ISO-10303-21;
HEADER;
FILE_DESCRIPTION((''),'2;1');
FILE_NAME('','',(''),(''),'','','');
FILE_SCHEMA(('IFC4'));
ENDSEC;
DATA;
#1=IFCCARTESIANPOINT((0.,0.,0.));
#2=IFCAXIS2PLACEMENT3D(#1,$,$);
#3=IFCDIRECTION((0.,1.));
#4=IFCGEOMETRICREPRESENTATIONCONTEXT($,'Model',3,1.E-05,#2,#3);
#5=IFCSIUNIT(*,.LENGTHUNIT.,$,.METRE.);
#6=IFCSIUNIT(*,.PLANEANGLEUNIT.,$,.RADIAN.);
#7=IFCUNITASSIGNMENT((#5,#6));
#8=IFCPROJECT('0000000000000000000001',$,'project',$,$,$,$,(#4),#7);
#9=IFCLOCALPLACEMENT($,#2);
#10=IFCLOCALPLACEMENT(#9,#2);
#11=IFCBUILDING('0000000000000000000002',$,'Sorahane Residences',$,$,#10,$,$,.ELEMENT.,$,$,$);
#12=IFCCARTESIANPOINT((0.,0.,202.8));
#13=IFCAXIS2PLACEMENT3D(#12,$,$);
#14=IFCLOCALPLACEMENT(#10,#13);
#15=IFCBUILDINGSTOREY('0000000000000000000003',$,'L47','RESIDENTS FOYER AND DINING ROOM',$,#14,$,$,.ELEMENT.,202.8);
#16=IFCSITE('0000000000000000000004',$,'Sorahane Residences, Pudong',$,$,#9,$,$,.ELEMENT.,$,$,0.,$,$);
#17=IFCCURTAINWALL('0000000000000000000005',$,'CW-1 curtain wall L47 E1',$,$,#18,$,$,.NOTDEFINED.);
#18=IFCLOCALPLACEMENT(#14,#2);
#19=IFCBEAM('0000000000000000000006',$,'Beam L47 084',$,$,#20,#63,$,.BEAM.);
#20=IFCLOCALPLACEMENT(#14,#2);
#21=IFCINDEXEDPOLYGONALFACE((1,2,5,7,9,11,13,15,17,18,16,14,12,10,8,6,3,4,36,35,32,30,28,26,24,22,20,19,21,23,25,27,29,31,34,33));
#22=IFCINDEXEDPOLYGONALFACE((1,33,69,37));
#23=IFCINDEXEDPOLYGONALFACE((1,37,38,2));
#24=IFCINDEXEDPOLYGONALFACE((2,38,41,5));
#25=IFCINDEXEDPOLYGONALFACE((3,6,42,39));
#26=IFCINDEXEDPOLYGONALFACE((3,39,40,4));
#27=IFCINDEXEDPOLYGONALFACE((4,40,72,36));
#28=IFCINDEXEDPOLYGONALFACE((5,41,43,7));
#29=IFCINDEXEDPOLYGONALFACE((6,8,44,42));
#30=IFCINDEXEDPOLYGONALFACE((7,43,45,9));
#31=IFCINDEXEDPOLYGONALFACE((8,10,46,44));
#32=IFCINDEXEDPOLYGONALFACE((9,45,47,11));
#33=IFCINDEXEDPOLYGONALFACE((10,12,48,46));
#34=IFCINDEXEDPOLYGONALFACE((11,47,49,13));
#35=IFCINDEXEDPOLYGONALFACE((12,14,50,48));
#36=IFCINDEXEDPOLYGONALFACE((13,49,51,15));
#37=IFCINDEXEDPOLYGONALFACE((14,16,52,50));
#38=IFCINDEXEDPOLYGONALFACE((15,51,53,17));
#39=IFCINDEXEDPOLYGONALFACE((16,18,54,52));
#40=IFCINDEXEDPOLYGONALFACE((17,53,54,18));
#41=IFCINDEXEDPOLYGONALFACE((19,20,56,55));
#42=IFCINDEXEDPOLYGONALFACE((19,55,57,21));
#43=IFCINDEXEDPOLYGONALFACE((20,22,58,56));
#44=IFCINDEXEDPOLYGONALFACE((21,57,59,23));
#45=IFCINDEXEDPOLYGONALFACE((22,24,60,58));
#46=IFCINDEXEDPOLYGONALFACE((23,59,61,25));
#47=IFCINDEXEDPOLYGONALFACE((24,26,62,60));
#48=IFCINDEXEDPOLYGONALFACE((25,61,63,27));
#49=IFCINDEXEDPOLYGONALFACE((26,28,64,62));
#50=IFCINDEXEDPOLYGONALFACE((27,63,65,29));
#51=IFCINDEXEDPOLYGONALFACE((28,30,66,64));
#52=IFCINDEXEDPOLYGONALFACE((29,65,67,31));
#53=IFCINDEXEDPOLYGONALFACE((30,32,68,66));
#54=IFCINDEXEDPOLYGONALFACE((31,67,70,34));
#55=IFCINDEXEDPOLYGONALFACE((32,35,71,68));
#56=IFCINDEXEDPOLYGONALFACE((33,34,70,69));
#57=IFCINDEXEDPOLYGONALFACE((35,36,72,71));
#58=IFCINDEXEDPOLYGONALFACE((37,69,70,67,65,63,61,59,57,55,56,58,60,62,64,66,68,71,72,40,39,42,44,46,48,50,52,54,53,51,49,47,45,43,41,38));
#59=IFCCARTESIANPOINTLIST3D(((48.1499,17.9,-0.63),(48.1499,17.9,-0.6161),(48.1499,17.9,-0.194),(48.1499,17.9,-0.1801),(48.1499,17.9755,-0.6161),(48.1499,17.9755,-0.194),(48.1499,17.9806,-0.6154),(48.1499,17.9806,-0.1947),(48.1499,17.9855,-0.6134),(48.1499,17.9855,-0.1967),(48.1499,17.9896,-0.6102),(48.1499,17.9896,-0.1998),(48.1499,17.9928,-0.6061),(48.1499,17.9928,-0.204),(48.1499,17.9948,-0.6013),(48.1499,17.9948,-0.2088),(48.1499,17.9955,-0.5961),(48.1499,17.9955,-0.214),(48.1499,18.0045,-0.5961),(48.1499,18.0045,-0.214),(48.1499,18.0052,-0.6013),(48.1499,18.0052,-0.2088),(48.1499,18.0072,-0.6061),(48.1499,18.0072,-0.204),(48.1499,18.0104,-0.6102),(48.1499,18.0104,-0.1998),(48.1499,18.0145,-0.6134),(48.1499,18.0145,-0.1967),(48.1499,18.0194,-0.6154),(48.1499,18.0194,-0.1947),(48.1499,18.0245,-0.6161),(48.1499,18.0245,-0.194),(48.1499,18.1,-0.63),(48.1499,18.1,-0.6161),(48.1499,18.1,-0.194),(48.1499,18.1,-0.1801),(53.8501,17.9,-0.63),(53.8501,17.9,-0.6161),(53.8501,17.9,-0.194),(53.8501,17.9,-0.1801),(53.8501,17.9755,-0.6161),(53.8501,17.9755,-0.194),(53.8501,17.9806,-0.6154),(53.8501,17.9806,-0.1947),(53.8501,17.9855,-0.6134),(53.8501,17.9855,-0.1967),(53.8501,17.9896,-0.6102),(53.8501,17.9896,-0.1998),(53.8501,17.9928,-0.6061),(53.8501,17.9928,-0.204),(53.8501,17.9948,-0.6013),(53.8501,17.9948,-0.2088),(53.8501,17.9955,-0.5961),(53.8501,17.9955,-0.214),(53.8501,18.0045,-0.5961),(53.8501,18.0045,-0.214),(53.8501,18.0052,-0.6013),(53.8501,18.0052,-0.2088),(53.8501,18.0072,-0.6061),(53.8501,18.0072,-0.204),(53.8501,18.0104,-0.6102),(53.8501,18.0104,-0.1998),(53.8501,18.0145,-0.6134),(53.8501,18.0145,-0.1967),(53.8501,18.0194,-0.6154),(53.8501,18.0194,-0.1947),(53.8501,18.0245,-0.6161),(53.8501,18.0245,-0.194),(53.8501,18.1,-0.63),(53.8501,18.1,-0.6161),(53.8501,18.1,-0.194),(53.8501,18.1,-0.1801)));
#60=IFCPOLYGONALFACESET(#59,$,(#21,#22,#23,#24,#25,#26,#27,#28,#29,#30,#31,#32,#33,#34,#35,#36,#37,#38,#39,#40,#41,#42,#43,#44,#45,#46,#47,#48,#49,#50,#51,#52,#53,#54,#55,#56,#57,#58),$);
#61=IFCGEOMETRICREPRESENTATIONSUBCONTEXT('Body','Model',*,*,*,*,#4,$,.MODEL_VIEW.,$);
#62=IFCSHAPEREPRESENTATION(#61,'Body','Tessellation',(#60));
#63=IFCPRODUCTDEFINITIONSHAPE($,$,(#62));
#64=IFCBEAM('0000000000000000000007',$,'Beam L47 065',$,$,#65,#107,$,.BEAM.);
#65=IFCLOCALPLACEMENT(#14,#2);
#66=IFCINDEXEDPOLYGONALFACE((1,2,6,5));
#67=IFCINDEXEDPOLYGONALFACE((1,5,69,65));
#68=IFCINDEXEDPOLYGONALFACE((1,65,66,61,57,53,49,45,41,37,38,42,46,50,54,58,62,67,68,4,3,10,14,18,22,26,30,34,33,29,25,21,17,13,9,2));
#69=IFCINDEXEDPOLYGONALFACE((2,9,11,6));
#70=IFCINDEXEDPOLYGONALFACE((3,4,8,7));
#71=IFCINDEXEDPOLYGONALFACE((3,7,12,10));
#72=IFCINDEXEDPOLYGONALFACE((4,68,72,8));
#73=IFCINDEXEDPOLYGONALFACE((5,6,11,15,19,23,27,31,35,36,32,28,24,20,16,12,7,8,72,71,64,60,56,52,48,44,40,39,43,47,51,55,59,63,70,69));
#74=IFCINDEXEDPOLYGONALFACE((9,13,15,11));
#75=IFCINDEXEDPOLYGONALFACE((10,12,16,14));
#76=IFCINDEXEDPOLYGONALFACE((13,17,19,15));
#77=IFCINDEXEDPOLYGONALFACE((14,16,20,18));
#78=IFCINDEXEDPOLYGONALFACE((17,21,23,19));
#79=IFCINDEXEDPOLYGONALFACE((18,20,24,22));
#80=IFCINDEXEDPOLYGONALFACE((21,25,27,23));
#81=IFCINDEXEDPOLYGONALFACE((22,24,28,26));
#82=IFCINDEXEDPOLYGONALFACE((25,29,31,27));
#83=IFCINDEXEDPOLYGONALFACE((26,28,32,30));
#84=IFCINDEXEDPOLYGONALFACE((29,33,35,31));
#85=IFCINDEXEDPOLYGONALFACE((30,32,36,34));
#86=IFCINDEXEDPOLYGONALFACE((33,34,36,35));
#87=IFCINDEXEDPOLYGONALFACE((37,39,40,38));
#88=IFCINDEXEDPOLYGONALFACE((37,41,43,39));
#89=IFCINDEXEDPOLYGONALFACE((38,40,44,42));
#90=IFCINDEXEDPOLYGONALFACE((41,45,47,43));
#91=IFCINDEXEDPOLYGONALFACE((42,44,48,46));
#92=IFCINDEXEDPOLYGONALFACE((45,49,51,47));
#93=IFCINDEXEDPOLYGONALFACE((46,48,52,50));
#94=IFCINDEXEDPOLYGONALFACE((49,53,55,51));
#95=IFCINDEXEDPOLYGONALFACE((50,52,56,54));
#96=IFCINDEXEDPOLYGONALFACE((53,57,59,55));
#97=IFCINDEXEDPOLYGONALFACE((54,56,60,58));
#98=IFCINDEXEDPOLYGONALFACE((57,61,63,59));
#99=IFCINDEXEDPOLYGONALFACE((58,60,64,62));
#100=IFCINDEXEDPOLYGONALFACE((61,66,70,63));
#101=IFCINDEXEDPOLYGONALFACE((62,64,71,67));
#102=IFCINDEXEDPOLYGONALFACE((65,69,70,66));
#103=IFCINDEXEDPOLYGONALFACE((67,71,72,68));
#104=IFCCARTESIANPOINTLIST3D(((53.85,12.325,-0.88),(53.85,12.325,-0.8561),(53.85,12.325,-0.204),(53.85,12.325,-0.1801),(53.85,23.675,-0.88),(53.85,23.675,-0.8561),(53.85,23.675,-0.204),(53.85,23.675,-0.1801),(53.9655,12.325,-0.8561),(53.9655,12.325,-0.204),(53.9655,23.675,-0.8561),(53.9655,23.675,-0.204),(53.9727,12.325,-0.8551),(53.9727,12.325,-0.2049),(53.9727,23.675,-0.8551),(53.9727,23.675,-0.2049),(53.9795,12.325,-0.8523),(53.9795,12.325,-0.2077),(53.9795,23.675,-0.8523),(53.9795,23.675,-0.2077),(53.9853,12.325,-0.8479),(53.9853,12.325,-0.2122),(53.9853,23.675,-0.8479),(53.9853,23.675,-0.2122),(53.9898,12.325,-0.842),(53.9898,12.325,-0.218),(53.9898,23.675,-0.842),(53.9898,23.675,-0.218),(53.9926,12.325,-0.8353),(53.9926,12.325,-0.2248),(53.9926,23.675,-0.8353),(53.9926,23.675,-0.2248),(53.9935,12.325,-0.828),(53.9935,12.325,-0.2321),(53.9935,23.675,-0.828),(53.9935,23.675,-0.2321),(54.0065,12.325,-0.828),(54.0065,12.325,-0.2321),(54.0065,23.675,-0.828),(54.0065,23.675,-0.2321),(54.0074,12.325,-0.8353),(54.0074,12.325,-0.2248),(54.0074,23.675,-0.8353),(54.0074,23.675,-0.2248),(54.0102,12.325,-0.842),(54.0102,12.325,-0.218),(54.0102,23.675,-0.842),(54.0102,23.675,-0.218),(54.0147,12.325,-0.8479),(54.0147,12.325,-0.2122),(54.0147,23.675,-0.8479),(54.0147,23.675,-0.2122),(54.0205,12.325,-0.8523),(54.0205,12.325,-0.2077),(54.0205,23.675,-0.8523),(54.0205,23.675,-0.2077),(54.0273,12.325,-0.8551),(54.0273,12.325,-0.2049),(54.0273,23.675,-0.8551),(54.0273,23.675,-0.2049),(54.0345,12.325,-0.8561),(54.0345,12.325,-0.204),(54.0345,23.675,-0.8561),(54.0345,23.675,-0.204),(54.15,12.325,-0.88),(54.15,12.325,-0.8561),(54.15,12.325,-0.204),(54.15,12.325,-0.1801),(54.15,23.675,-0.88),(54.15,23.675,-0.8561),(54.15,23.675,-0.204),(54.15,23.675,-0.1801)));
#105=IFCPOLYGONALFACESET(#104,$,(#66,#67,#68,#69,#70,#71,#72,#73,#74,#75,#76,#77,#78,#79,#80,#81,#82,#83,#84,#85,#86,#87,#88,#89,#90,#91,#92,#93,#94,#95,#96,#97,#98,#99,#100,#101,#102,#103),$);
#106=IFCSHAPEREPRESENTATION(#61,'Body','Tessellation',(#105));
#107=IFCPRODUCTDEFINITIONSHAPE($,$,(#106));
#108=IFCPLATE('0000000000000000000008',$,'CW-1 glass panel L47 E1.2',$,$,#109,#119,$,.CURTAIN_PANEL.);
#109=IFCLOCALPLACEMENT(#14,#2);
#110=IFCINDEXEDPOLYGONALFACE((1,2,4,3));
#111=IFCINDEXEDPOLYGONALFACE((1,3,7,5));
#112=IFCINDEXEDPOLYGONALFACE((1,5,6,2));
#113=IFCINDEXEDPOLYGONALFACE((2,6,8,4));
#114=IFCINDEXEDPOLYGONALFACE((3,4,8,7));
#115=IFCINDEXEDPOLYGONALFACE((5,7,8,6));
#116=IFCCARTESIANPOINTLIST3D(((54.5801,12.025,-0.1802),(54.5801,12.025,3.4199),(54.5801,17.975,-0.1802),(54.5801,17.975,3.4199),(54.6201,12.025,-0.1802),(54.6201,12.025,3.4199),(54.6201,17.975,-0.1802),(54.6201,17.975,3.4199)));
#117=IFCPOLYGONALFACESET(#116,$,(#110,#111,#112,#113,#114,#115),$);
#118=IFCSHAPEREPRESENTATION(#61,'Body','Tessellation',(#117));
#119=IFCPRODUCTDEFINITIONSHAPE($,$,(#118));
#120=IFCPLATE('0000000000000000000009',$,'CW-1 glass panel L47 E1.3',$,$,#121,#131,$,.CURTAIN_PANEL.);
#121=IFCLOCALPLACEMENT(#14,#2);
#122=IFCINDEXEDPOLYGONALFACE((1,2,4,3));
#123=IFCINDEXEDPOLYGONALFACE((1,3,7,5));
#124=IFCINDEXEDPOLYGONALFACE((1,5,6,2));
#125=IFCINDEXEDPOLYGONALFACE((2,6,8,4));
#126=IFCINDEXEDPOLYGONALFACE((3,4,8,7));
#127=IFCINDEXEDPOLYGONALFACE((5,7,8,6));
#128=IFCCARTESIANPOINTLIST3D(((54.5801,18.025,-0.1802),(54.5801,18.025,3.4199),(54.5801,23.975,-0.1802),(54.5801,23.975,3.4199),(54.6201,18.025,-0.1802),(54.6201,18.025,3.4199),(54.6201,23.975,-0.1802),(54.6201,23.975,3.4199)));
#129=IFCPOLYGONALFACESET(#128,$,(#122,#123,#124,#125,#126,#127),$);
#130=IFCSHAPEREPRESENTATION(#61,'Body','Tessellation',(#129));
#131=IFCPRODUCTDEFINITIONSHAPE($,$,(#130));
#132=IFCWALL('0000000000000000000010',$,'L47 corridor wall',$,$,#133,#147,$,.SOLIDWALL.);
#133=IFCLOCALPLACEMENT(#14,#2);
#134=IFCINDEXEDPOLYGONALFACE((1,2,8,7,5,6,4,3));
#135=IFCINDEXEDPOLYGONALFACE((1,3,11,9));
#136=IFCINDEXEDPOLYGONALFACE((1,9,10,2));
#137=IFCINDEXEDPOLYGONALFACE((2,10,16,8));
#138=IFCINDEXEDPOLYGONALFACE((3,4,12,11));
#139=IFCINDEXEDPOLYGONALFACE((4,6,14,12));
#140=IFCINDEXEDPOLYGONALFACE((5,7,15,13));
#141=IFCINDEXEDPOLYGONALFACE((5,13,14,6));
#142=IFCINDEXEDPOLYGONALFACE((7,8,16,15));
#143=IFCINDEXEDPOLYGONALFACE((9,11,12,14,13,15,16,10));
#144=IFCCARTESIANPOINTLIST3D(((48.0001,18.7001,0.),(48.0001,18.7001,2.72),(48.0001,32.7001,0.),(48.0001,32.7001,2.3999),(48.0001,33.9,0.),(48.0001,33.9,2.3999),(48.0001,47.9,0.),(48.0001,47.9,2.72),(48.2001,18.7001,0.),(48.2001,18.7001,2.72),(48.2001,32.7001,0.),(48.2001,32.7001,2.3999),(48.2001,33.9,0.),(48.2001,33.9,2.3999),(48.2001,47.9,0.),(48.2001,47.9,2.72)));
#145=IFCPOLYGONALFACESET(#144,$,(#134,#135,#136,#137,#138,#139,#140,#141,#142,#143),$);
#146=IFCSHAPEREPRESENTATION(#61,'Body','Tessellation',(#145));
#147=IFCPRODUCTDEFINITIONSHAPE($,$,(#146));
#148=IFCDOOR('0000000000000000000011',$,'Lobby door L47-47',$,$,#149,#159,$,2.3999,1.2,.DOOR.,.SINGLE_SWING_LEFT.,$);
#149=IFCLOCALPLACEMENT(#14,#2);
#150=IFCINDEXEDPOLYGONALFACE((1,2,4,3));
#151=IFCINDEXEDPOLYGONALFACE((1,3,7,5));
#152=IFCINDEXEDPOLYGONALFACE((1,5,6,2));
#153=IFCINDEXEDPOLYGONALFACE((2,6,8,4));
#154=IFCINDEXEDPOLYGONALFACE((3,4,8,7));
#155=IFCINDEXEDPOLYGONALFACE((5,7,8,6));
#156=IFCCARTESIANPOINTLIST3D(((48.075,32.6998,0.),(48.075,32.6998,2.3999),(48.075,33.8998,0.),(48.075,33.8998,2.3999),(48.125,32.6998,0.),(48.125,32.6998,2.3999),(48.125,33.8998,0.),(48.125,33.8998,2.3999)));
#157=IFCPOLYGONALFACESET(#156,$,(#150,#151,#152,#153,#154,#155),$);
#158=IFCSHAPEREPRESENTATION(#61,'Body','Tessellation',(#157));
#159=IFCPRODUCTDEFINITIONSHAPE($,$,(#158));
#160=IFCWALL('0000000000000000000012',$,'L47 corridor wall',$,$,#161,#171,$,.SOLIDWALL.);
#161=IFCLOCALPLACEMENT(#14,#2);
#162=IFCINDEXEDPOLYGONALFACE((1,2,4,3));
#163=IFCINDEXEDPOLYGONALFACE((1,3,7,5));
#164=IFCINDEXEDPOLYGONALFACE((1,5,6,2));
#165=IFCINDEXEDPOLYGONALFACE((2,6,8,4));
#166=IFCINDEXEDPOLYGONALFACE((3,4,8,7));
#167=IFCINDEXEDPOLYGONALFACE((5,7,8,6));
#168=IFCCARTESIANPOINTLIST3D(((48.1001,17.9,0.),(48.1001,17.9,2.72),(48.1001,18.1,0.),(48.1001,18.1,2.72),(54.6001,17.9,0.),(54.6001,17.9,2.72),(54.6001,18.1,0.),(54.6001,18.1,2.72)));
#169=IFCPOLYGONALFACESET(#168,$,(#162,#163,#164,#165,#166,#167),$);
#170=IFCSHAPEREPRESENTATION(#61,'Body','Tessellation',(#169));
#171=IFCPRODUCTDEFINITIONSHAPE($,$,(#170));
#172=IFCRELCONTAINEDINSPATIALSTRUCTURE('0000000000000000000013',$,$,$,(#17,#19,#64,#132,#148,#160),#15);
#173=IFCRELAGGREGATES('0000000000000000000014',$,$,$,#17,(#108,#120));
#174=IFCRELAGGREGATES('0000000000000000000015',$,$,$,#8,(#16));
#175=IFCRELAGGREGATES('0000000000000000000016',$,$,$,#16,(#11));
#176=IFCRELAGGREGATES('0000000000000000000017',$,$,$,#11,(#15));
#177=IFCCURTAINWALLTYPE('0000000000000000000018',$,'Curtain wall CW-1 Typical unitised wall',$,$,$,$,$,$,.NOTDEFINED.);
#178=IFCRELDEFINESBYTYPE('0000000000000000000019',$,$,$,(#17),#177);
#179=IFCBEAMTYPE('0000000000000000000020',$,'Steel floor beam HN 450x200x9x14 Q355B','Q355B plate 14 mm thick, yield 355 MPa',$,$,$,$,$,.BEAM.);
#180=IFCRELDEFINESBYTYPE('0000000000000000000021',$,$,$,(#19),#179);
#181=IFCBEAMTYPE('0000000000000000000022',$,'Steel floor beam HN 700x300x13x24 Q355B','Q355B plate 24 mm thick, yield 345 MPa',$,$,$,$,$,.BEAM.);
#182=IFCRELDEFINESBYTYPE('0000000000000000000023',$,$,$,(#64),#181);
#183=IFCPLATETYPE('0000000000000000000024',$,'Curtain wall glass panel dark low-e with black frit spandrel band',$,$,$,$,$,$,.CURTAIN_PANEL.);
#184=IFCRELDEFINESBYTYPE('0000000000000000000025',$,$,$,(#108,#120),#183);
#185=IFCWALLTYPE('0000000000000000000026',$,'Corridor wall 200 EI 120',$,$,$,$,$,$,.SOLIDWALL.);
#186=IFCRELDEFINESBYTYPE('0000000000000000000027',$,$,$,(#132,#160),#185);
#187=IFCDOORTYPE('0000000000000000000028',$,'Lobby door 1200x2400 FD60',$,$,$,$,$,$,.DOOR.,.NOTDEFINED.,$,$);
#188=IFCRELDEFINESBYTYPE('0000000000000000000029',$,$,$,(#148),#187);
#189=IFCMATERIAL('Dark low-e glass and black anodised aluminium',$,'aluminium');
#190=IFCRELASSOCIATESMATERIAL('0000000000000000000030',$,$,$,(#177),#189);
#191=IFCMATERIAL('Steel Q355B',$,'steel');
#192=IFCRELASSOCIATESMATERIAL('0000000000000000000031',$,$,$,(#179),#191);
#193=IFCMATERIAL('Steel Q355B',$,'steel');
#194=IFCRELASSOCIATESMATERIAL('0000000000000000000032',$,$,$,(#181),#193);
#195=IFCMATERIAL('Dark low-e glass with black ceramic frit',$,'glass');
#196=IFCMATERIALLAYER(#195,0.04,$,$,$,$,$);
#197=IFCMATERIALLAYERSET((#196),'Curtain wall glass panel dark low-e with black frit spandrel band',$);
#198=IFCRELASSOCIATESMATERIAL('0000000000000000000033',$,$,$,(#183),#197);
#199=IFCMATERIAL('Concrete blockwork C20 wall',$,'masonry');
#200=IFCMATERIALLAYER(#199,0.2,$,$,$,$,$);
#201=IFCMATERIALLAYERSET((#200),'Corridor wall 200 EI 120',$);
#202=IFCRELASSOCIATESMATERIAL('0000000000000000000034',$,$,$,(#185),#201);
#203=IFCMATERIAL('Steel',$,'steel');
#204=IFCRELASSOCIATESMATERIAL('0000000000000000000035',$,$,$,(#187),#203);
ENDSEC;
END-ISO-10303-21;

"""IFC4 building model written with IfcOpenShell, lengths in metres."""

from ifc_helpers import new_model, si_unit, direction, frame, frame_2d, origin, origin_2d, place, context, subcontext, project, spatial, rectangle, i_section, extrude, material, layer, layer_set, material_profile, profile_set, type_object, element, fill, aggregate, save


model = new_model("IFC4")

# Units and contexts
model_context = context("Model", 3, precision=1e-05, world=origin(), true_north=direction((0.0, 1.0)))
body_context = subcontext(model_context, "Body", "Model", "MODEL_VIEW")
ifc_project = project(units=[si_unit("LENGTHUNIT", "METRE"), si_unit("PLANEANGLEUNIT", "RADIAN")], contexts=[model_context])

# Site, building, storey
site_placement = place(None, origin())
site = spatial("IfcSite", under=ifc_project, at=site_placement, Name="Sorahane Residences, Pudong", CompositionType="ELEMENT", RefElevation=0.0)
building_placement = place(site_placement, origin())
building = spatial("IfcBuilding", under=site, at=building_placement, Name="Sorahane Residences", CompositionType="ELEMENT")
storey_placement = place(building_placement, frame((0.0, 0.0, 202.8)))
storey = spatial("IfcBuildingStorey", under=building, at=storey_placement, Name="L47", Description="RESIDENTS FOYER AND DINING ROOM", CompositionType="ELEMENT", Elevation=202.8)

# Curtain wall
ifc_material_1 = material(Name="Dark low-e glass and black anodised aluminium", Category="aluminium")
curtain_wall_type = type_object("IfcCurtainWallType", Name="Curtain wall CW-1 Typical unitised wall", PredefinedType="NOTDEFINED", material=ifc_material_1)
curtain_wall_placement = place(storey_placement, origin())
curtain_wall = element("IfcCurtainWall", 1, at=curtain_wall_placement, inside=storey, type_object=curtain_wall_type, Name="CW-1 curtain wall L47 E1", PredefinedType="NOTDEFINED")

# Beams
ifc_material_2 = material(Name="Steel Q355B", Category="steel")
ifc_material_profile_1 = material_profile(ifc_material_2, i_section(OverallWidth=0.2, OverallDepth=0.45, WebThickness=0.009, FlangeThickness=0.0139, FilletRadius=0.02, at=origin_2d()), Name="HN 450x200x9x14")
ifc_profile_set_1 = profile_set([ifc_material_profile_1], Name="Steel Q355B")
beam_type_1 = type_object("IfcBeamType", Name="Steel floor beam HN 450x200x9x14 Q355B", Description="Q355B plate 14 mm thick, yield 355 MPa", PredefinedType="BEAM", material=ifc_profile_set_1)
beam_1_placement = place(storey_placement, frame((48.1499, 18.0, -0.405), z_axis=(1.0, 0.0, 0.0), x_axis=(0.0, 1.0, 0.0)))
element("IfcBeam", 2, at=beam_1_placement, inside=storey, type_object=beam_type_1, Name="Beam L47 084", PredefinedType="BEAM", context=body_context, shape_type="SweptSolid", body=[
    extrude(i_section(OverallWidth=0.2, OverallDepth=0.45, WebThickness=0.009, FlangeThickness=0.0139, FilletRadius=0.02, at=origin_2d()), origin(), (0.0, 0.0, 1.0), 5.7002),
])
ifc_material_3 = material(Name="Steel Q355B", Category="steel")
ifc_material_profile_2 = material_profile(ifc_material_3, i_section(OverallWidth=0.3, OverallDepth=0.7, WebThickness=0.0129, FlangeThickness=0.0239, FilletRadius=0.0281, at=origin_2d()), Name="HN 700x300x13x24")
ifc_profile_set_2 = profile_set([ifc_material_profile_2], Name="Steel Q355B")
beam_type_2 = type_object("IfcBeamType", Name="Steel floor beam HN 700x300x13x24 Q355B", Description="Q355B plate 24 mm thick, yield 345 MPa", PredefinedType="BEAM", material=ifc_profile_set_2)
beam_2_placement = place(storey_placement, frame((54.0, 12.325, -0.53), z_axis=(0.0, 1.0, 0.0), x_axis=(-1.0, 0.0, 0.0)))
element("IfcBeam", 3, at=beam_2_placement, inside=storey, type_object=beam_type_2, Name="Beam L47 065", PredefinedType="BEAM", context=body_context, shape_type="SweptSolid", body=[
    extrude(i_section(OverallWidth=0.3, OverallDepth=0.7, WebThickness=0.0129, FlangeThickness=0.0239, FilletRadius=0.0281, at=origin_2d()), origin(), (0.0, 0.0, 1.0), 11.3501),
])

# Plates
ifc_material_4 = material(Name="Dark low-e glass with black ceramic frit", Category="glass")
ifc_layer_1 = layer(ifc_material_4, 0.04)
ifc_layer_set_1 = layer_set([ifc_layer_1], Name="Curtain wall glass panel dark low-e with black frit spandrel band")
plate_type = type_object("IfcPlateType", Name="Curtain wall glass panel dark low-e with black frit spandrel band", PredefinedType="CURTAIN_PANEL", material=ifc_layer_set_1)
plate_1_placement = place(storey_placement, frame((54.6001, 15.0, -0.1802), z_axis=(0.0, 0.0, 1.0), x_axis=(0.0, 1.0, 0.0)))
plate_1 = element("IfcPlate", 4, at=plate_1_placement, type_object=plate_type, Name="CW-1 glass panel L47 E1.2", PredefinedType="CURTAIN_PANEL", context=body_context, shape_type="SweptSolid", body=[
    extrude(rectangle(XDim=5.95, YDim=0.04, at=origin_2d()), origin(), (0.0, 0.0, 1.0), 3.6001),
])
plate_2_placement = place(storey_placement, frame((54.6001, 21.0, -0.1802), z_axis=(0.0, 0.0, 1.0), x_axis=(0.0, 1.0, 0.0)))
plate_2 = element("IfcPlate", 5, at=plate_2_placement, type_object=plate_type, Name="CW-1 glass panel L47 E1.3", PredefinedType="CURTAIN_PANEL", context=body_context, shape_type="SweptSolid", body=[
    extrude(rectangle(XDim=5.95, YDim=0.04, at=origin_2d()), origin(), (0.0, 0.0, 1.0), 3.6001),
])
aggregate(curtain_wall, [plate_1, plate_2])

# Wall, opening, door
ifc_material_5 = material(Name="Concrete blockwork C20 wall", Category="masonry")
ifc_layer_2 = layer(ifc_material_5, 0.2)
ifc_layer_set_2 = layer_set([ifc_layer_2], Name="Corridor wall 200 EI 120")
wall_type = type_object("IfcWallType", Name="Corridor wall 200 EI 120", PredefinedType="SOLIDWALL", material=ifc_layer_set_2)
wall_1_placement = place(storey_placement, frame((48.1001, 18.7, 0.0), z_axis=(0.0, 0.0, 1.0), x_axis=(0.0, 1.0, 0.0)))
wall_1 = element("IfcWall", 6, at=wall_1_placement, inside=storey, type_object=wall_type, Name="L47 corridor wall", PredefinedType="SOLIDWALL", context=body_context, shape_type="SweptSolid", body=[
    extrude(rectangle(XDim=29.2, YDim=0.2, at=frame_2d((14.6001, 0.0))), origin(), (0.0, 0.0, 1.0), 2.72),
])
opening_placement = place(wall_1_placement, frame((14.0, 0.0, 0.0)))
opening = element("IfcOpeningElement", 7, at=opening_placement, cuts=wall_1, PredefinedType="OPENING", context=body_context, shape_type="SweptSolid", body=[
    extrude(rectangle(XDim=1.2, YDim=2.3999, at=frame_2d((0.6001, 1.2))), frame((0.0, 0.1099, 0.0), z_axis=(0.0, -1.0, 0.0), x_axis=(1.0, 0.0, 0.0)), (0.0, 0.0, 1.0), 0.22),
])
ifc_material_6 = material(Name="Steel", Category="steel")
door_type = type_object("IfcDoorType", Name="Lobby door 1200x2400 FD60", OperationType="NOTDEFINED", PredefinedType="DOOR", material=ifc_material_6)
door_placement = place(opening_placement, frame((1.2, 0.0, 0.0), z_axis=(0.0, 0.0, 1.0), x_axis=(-1.0, 0.0, 0.0)))
door = element("IfcDoor", 8, at=door_placement, inside=storey, type_object=door_type, Name="Lobby door L47-47", OperationType="SINGLE_SWING_LEFT", OverallHeight=2.3999, OverallWidth=1.2, PredefinedType="DOOR", context=body_context, shape_type="SweptSolid", body=[
    extrude(rectangle(XDim=1.2, YDim=2.3999, at=frame_2d((0.6001, 1.2))), frame((0.0, 0.0249, 0.0), z_axis=(0.0, -1.0, 0.0), x_axis=(1.0, 0.0, 0.0)), (0.0, 0.0, 1.0), 0.05),
])
fill(opening, door)

# Wall
wall_2_placement = place(storey_placement, frame((48.1001, 18.0, 0.0), z_axis=(0.0, 0.0, 1.0), x_axis=(1.0, 0.0, 0.0)))
element("IfcWall", 9, at=wall_2_placement, inside=storey, type_object=wall_type, Name="L47 corridor wall", PredefinedType="SOLIDWALL", context=body_context, shape_type="SweptSolid", body=[
    extrude(rectangle(XDim=6.5, YDim=0.2, at=frame_2d((3.25, 0.0))), origin(), (0.0, 0.0, 1.0), 2.72),
])

save(model, "model.ifc")
